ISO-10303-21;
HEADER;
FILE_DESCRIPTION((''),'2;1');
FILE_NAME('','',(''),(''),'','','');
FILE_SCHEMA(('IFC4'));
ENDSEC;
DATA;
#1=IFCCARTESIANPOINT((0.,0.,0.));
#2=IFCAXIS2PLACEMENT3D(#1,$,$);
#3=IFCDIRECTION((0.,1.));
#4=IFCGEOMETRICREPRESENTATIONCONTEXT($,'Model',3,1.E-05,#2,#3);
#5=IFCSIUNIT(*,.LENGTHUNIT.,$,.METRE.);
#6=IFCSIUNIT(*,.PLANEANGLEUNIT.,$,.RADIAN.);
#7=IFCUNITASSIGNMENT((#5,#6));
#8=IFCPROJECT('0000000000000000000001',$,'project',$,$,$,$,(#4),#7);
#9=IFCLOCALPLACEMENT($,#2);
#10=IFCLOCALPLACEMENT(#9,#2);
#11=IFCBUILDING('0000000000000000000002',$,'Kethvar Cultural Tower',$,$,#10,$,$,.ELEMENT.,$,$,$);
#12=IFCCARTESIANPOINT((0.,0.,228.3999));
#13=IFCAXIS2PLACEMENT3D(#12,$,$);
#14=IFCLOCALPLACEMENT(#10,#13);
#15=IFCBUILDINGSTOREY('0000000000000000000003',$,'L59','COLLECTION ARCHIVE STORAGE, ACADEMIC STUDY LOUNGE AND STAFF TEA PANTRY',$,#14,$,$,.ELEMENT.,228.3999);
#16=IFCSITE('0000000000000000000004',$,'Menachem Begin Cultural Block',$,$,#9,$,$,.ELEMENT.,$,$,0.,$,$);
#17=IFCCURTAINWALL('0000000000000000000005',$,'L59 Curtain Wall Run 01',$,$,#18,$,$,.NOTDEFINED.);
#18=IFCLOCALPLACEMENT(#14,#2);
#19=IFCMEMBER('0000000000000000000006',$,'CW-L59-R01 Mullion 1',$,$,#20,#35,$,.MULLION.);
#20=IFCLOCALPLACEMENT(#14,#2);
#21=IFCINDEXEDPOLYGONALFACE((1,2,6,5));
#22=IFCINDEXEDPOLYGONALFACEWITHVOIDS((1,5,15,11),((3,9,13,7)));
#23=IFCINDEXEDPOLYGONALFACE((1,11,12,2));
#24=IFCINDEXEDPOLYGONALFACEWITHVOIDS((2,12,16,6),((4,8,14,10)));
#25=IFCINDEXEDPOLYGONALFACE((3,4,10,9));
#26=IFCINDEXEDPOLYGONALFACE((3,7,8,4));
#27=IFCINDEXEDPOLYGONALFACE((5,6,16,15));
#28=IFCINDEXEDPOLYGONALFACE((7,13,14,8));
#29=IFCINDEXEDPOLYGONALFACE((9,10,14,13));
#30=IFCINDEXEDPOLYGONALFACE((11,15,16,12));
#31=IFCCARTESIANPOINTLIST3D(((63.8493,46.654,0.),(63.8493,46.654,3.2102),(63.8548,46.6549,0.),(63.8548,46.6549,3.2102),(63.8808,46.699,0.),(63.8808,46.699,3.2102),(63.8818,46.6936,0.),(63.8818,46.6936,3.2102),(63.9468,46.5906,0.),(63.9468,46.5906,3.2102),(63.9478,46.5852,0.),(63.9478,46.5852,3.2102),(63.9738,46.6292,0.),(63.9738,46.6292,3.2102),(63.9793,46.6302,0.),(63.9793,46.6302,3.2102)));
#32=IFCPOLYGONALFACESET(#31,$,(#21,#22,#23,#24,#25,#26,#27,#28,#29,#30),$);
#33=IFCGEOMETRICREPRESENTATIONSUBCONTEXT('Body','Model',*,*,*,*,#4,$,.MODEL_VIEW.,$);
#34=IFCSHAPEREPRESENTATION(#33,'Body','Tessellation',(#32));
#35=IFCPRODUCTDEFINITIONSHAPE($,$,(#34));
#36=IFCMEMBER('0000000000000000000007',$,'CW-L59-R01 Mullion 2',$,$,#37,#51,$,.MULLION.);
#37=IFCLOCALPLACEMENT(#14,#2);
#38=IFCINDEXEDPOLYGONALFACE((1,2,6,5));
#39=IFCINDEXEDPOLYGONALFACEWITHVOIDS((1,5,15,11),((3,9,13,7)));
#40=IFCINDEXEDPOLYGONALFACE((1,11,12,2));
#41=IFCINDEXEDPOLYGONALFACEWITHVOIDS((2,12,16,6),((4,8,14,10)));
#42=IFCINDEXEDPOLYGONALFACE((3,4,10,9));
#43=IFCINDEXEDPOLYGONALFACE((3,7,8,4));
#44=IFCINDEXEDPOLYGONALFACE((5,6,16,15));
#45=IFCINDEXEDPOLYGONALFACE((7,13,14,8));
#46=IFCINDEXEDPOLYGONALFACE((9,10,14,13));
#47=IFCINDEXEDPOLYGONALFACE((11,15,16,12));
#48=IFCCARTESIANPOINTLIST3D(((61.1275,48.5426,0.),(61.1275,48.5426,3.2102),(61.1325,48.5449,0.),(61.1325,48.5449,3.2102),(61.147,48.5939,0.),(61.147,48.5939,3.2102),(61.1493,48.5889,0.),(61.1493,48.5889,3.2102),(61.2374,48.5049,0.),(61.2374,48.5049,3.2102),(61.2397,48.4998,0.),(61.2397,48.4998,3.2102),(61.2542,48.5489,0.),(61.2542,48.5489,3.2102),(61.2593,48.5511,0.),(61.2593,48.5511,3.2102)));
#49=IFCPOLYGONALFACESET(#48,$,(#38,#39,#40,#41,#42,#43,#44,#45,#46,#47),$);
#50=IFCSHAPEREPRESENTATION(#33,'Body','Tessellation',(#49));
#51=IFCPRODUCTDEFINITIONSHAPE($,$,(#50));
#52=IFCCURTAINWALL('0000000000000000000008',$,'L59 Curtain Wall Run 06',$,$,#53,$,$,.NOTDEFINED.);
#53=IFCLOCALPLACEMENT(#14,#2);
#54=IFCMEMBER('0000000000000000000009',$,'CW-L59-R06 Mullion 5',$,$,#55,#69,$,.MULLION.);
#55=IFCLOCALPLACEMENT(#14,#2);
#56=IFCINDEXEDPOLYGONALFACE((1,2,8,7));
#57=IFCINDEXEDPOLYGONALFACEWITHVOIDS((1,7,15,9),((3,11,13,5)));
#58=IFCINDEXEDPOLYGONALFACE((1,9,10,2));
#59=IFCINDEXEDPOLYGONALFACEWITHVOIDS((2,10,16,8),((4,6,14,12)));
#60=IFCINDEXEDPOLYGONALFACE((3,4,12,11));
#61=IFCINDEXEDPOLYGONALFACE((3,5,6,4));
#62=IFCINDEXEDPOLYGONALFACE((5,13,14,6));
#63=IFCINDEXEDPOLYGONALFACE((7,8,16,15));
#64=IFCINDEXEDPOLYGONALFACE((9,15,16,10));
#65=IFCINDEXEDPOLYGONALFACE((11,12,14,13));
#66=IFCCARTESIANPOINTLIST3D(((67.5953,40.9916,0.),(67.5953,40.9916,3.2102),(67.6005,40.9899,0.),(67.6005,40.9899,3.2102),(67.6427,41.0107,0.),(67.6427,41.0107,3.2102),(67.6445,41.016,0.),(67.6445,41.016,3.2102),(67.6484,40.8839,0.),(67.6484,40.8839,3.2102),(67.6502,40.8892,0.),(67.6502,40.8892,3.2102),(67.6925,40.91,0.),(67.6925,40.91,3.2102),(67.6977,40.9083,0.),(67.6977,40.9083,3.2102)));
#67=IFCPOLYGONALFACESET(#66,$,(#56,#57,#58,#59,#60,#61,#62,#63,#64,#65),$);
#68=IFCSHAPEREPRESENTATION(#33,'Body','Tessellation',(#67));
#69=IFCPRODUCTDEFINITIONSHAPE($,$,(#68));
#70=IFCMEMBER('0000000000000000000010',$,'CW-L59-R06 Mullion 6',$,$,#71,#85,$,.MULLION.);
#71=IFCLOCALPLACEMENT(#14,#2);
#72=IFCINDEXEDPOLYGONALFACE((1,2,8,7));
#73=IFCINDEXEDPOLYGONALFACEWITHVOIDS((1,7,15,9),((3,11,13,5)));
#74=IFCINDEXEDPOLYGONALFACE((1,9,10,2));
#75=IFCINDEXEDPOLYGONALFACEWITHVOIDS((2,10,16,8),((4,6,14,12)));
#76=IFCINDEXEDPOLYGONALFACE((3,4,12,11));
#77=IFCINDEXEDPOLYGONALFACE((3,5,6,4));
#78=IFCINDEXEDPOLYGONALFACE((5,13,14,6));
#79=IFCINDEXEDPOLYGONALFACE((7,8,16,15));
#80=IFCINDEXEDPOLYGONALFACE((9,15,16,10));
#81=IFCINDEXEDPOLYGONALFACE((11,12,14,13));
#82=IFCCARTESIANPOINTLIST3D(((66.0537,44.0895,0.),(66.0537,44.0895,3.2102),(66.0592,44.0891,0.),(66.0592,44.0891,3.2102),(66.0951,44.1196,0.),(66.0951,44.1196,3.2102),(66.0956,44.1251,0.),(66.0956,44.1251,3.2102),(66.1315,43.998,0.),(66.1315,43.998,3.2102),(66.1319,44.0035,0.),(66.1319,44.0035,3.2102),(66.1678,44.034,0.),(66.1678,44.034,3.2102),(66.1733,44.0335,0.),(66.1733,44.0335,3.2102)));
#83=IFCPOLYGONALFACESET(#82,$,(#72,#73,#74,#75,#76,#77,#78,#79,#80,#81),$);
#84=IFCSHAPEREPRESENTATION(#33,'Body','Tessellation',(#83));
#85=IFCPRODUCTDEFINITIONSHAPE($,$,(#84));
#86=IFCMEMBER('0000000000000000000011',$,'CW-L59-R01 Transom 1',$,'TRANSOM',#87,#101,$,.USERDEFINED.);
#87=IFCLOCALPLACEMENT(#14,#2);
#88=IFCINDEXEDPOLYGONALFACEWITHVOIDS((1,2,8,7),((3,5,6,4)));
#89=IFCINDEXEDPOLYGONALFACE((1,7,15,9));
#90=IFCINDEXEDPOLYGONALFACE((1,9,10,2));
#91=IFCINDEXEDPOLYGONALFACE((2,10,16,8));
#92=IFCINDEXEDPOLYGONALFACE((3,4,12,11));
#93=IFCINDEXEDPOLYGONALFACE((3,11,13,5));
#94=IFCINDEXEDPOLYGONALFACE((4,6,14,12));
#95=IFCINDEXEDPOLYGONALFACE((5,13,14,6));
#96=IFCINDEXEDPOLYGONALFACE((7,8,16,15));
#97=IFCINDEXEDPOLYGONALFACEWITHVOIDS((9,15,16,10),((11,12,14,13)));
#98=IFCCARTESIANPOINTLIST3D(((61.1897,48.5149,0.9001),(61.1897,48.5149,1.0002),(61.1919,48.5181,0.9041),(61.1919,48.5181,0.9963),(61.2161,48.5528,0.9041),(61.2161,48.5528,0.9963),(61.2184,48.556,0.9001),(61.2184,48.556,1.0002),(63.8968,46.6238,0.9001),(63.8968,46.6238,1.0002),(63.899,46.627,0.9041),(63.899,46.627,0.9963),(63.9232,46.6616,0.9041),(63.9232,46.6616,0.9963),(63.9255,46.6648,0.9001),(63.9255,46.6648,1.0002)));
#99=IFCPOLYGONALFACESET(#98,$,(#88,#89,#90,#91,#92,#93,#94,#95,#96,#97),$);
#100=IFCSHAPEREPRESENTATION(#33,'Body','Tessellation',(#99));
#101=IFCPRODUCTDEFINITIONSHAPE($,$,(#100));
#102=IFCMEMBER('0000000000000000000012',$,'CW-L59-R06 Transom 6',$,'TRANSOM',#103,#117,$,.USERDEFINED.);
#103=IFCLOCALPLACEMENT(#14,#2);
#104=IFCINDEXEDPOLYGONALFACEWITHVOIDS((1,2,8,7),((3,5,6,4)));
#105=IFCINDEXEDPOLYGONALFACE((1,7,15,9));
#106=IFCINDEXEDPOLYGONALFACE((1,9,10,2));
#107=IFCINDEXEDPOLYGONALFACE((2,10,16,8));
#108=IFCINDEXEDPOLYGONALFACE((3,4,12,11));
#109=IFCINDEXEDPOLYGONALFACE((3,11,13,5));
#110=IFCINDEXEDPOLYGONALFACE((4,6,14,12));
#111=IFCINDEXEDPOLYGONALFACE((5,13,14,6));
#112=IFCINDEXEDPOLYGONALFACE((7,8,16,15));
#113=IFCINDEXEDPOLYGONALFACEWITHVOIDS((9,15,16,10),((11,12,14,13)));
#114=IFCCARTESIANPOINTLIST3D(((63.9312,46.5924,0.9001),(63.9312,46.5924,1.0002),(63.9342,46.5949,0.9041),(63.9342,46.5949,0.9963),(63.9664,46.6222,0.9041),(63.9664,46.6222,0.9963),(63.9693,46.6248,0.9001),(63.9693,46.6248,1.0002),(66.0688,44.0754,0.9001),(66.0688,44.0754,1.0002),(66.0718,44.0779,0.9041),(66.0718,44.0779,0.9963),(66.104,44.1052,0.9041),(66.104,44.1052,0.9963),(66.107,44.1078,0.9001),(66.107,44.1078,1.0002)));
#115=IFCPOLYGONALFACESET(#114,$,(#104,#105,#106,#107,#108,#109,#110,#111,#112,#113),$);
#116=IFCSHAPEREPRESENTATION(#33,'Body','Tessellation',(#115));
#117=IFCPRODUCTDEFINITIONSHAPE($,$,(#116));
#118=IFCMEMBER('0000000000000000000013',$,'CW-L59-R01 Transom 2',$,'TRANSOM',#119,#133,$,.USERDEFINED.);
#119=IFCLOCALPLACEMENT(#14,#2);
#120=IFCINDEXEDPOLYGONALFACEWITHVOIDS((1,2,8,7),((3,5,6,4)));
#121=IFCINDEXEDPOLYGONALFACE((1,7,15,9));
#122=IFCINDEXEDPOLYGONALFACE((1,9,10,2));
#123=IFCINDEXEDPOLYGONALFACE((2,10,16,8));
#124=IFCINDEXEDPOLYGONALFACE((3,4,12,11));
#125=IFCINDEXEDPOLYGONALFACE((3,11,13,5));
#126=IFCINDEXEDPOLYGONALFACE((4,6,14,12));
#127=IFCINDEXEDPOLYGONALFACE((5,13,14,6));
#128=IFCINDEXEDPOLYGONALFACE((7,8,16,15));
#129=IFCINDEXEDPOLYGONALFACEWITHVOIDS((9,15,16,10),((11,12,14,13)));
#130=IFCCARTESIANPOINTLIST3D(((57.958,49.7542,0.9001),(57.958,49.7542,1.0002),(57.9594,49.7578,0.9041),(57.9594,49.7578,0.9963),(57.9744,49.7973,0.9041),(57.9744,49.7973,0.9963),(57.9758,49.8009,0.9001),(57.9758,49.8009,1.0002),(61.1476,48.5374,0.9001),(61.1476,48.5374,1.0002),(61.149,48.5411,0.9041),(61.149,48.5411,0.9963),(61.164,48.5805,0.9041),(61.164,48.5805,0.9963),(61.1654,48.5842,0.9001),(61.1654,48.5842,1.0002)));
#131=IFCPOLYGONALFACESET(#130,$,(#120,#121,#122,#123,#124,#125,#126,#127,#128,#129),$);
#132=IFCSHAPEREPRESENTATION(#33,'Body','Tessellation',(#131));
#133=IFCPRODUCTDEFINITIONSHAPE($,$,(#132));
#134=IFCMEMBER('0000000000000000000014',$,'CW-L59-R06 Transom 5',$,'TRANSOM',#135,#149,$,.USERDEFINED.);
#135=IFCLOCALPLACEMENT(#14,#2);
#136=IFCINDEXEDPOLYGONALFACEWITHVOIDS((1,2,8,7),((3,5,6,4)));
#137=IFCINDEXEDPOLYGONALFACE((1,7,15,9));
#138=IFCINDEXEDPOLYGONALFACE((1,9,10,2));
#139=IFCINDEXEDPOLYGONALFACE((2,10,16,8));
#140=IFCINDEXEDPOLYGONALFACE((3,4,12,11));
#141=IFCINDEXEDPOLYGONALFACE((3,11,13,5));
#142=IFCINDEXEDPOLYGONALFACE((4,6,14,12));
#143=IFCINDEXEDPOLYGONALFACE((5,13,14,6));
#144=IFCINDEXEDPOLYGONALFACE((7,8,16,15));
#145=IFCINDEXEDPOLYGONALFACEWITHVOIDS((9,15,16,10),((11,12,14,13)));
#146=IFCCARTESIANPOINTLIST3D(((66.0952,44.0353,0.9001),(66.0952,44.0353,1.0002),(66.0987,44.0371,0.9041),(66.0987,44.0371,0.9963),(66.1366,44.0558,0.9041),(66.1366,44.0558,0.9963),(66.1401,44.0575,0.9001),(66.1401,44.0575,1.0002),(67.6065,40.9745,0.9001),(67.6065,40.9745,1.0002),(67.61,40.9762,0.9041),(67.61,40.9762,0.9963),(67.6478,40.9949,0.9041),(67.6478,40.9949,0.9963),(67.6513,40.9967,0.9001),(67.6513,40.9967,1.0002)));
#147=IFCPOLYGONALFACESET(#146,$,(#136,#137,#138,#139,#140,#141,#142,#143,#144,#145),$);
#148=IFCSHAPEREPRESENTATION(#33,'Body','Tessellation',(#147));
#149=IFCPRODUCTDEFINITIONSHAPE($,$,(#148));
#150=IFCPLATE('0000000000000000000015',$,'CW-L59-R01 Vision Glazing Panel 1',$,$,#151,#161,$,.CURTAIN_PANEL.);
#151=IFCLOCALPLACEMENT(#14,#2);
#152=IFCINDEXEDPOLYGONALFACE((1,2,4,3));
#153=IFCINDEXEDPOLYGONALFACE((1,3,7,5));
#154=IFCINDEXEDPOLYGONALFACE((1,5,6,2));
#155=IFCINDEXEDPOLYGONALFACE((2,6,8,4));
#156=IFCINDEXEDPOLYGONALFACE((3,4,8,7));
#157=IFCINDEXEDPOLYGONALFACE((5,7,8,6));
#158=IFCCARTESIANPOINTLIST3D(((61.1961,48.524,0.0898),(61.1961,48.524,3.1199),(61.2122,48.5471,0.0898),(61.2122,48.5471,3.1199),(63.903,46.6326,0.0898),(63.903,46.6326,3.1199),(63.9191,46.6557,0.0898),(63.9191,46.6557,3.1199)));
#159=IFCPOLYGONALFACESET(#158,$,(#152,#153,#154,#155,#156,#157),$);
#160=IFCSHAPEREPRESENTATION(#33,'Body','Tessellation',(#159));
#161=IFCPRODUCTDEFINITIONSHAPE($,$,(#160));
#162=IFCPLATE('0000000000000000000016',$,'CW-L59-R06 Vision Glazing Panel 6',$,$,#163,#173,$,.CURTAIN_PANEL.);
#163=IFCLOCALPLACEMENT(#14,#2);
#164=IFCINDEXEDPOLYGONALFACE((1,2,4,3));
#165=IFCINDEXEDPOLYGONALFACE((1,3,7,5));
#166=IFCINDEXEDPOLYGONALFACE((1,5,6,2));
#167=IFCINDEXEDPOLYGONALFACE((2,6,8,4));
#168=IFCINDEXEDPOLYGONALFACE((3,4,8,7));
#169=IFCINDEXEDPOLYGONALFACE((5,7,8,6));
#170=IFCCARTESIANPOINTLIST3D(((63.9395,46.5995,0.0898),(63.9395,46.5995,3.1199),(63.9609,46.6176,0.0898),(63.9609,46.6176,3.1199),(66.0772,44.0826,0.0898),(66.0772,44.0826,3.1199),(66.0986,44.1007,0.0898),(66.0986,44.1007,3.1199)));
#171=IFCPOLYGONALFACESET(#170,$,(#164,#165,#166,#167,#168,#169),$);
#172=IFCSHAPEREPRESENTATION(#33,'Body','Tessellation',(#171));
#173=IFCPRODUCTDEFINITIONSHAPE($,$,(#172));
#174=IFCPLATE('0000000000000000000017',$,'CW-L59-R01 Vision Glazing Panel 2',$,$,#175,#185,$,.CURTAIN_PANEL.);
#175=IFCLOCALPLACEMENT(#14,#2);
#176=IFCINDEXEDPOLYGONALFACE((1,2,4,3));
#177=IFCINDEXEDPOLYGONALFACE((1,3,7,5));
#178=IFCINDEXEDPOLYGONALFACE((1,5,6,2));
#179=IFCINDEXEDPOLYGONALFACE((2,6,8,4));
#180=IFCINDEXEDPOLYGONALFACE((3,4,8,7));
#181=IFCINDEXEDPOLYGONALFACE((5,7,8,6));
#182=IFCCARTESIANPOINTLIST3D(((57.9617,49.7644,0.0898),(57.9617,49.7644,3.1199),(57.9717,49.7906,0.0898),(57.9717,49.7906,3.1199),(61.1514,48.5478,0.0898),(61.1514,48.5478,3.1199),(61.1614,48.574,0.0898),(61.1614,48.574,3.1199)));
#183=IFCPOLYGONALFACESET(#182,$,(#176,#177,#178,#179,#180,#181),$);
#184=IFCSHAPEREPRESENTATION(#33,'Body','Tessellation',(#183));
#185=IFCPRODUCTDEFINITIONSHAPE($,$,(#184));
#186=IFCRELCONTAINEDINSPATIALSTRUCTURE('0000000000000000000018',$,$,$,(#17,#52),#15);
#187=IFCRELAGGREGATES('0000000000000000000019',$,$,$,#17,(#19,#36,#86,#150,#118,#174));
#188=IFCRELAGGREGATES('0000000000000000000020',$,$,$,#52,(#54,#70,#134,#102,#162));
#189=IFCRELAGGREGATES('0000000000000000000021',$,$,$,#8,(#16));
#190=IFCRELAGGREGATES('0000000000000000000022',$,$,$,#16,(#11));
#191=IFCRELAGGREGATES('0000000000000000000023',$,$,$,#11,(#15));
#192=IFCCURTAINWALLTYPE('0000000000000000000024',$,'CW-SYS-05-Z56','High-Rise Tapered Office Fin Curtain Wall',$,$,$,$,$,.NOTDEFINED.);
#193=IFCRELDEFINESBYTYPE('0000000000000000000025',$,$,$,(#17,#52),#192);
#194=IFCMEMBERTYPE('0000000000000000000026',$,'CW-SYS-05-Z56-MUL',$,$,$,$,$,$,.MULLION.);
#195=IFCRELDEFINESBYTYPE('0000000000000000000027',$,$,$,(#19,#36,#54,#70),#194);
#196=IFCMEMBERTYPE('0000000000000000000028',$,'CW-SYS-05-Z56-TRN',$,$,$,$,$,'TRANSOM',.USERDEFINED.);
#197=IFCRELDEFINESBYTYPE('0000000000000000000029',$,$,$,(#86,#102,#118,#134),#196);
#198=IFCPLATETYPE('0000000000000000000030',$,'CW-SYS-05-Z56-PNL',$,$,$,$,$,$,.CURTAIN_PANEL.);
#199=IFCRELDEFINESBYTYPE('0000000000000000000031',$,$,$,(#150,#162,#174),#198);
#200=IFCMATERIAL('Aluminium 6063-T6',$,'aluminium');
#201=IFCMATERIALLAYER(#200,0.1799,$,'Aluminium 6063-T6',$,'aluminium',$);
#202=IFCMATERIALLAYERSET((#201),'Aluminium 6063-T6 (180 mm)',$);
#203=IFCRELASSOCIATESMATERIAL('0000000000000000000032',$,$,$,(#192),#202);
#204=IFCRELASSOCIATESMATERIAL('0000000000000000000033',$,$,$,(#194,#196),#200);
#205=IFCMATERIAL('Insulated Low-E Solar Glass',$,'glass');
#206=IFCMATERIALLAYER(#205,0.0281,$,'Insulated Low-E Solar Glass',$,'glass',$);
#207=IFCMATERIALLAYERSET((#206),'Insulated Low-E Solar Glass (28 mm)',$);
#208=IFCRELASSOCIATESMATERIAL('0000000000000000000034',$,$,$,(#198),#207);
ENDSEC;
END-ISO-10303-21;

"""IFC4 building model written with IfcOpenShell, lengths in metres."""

from ifc_helpers import new_model, si_unit, direction, frame, origin, origin_2d, place, context, subcontext, project, spatial, rectangle, hollow_rectangle, extrude, source, transform, mapped, material, layer, layer_set, material_profile, profile_set, type_object, element, aggregate, save


model = new_model("IFC4")

# Units and contexts
model_context = context("Model", 3, precision=1e-05, world=origin(), true_north=direction((0.0, 1.0)))
body_context = subcontext(model_context, "Body", "Model", "MODEL_VIEW")
ifc_project = project(units=[si_unit("LENGTHUNIT", "METRE"), si_unit("PLANEANGLEUNIT", "RADIAN")], contexts=[model_context])

# Site, building, storey
site_placement = place(None, origin())
site = spatial("IfcSite", under=ifc_project, at=site_placement, Name="Menachem Begin Cultural Block", CompositionType="ELEMENT", RefElevation=0.0)
building_placement = place(site_placement, origin())
building = spatial("IfcBuilding", under=site, at=building_placement, Name="Kethvar Cultural Tower", CompositionType="ELEMENT")
storey_placement = place(building_placement, frame((0.0, 0.0, 228.3999)))
storey = spatial("IfcBuildingStorey", under=building, at=storey_placement, Name="L59", Description="COLLECTION ARCHIVE STORAGE, ACADEMIC STUDY LOUNGE AND STAFF TEA PANTRY", CompositionType="ELEMENT", Elevation=228.3999)

# Curtain walls, members
ifc_material_1 = material(Name="Aluminium 6063-T6", Category="aluminium")
ifc_layer_1 = layer(ifc_material_1, 0.1799, Name="Aluminium 6063-T6", Category="aluminium")
ifc_layer_set_1 = layer_set([ifc_layer_1], Name="Aluminium 6063-T6 (180 mm)")
curtain_wall_type = type_object("IfcCurtainWallType", Name="CW-SYS-05-Z56", Description="High-Rise Tapered Office Fin Curtain Wall", PredefinedType="NOTDEFINED", material=ifc_layer_set_1)
curtain_wall_1_placement = place(storey_placement, origin())
curtain_wall_1 = element("IfcCurtainWall", 1, at=curtain_wall_1_placement, inside=storey, type_object=curtain_wall_type, Name="L59 Curtain Wall Run 01", PredefinedType="NOTDEFINED")
ifc_material_profile_1 = material_profile(ifc_material_1, hollow_rectangle(XDim=0.0549, YDim=0.1201, WallThickness=0.0039, at=origin_2d()), Name="Aluminium 6063-T6 — RHS120x55x4")
ifc_profile_set_1 = profile_set([ifc_material_profile_1], Name="Aluminium 6063-T6 — RHS120x55x4")
member_type_1 = type_object("IfcMemberType", Name="CW-SYS-05-Z56-MUL", PredefinedType="MULLION", material=ifc_profile_set_1)
shared_shape_1 = source(origin(), body_context, "Body", "SweptSolid", [
    extrude(hollow_rectangle(XDim=0.0549, YDim=0.1201, WallThickness=0.0039, at=origin_2d()), origin(), (0.0, 0.0, 1.0), 3.2102),
])
member_1_placement = place(storey_placement, frame((63.9143, 46.6421, 0.0), z_axis=(0.0, 0.0, 1.0), x_axis=(-0.572761, -0.819722, 0.0)))
member_1 = element("IfcMember", 2, at=member_1_placement, type_object=member_type_1, Name="CW-L59-R01 Mullion 1", PredefinedType="MULLION", context=body_context, shape_type="MappedRepresentation", body=[
    mapped(shared_shape_1, transform((0.0, 0.0, 0.0), scale=1.0)),
])
member_2_placement = place(storey_placement, frame((61.1934, 48.5469, 0.0), z_axis=(0.0, 0.0, 1.0), x_axis=(-0.356379, -0.934341, 0.0)))
member_2 = element("IfcMember", 3, at=member_2_placement, type_object=member_type_1, Name="CW-L59-R01 Mullion 2", PredefinedType="MULLION", context=body_context, shape_type="MappedRepresentation", body=[
    mapped(shared_shape_1, transform((0.0, 0.0, 0.0), scale=1.0)),
])
curtain_wall_2_placement = place(storey_placement, origin())
curtain_wall_2 = element("IfcCurtainWall", 4, at=curtain_wall_2_placement, inside=storey, type_object=curtain_wall_type, Name="L59 Curtain Wall Run 06", PredefinedType="NOTDEFINED")
member_3_placement = place(storey_placement, frame((67.6465, 40.95, 0.0), z_axis=(0.0, 0.0, 1.0), x_axis=(-0.896656, -0.442727, 0.0)))
member_3 = element("IfcMember", 5, at=member_3_placement, type_object=member_type_1, Name="CW-L59-R06 Mullion 5", PredefinedType="MULLION", context=body_context, shape_type="MappedRepresentation", body=[
    mapped(shared_shape_1, transform((0.0, 0.0, 0.0), scale=1.0)),
])
member_4_placement = place(storey_placement, frame((66.1135, 44.0615, 0.0), z_axis=(0.0, 0.0, 1.0), x_axis=(-0.762183, -0.647362, 0.0)))
member_4 = element("IfcMember", 6, at=member_4_placement, type_object=member_type_1, Name="CW-L59-R06 Mullion 6", PredefinedType="MULLION", context=body_context, shape_type="MappedRepresentation", body=[
    mapped(shared_shape_1, transform((0.0, 0.0, 0.0), scale=1.0)),
])

# Members
ifc_material_profile_2 = material_profile(ifc_material_1, hollow_rectangle(XDim=0.05, YDim=0.1001, WallThickness=0.0039, at=origin_2d()), Name="Aluminium 6063-T6 — RHS100x50x4")
ifc_profile_set_2 = profile_set([ifc_material_profile_2], Name="Aluminium 6063-T6 — RHS100x50x4")
member_type_2 = type_object("IfcMemberType", Name="CW-SYS-05-Z56-TRN", ElementType="TRANSOM", PredefinedType="USERDEFINED", material=ifc_profile_set_2)
shared_shape_2 = source(origin(), body_context, "Body", "SweptSolid", [
    extrude(hollow_rectangle(XDim=0.05, YDim=0.1001, WallThickness=0.0039, at=origin_2d()), origin(), (0.0, 0.0, 1.0), 3.3022),
])
member_5_placement = place(storey_placement, frame((63.9111, 46.6443, 0.9502), z_axis=(-0.819773, 0.572688, 0.0), x_axis=(-0.572688, -0.819773, 0.0)))
member_5 = element("IfcMember", 7, at=member_5_placement, type_object=member_type_2, Name="CW-L59-R01 Transom 1", ObjectType="TRANSOM", PredefinedType="USERDEFINED", context=body_context, shape_type="MappedRepresentation", body=[
    mapped(shared_shape_2, transform((0.0, 0.0, 0.0), scale=1.0)),
])
member_6_placement = place(storey_placement, frame((66.0879, 44.0916, 0.9502), z_axis=(-0.647326, 0.762213, 0.0), x_axis=(-0.762213, -0.647326, 0.0)))
member_6 = element("IfcMember", 8, at=member_6_placement, type_object=member_type_2, Name="CW-L59-R06 Transom 6", ObjectType="TRANSOM", PredefinedType="USERDEFINED", context=body_context, shape_type="MappedRepresentation", body=[
    mapped(shared_shape_2, transform((0.0, 0.0, 0.0), scale=1.0)),
])
shared_shape_3 = source(origin(), body_context, "Body", "SweptSolid", [
    extrude(hollow_rectangle(XDim=0.05, YDim=0.1001, WallThickness=0.0039, at=origin_2d()), origin(), (0.0, 0.0, 1.0), 3.4138),
])
member_7_placement = place(storey_placement, frame((61.1565, 48.5608, 0.9502), z_axis=(-0.934325, 0.356424, 0.0), x_axis=(-0.356424, -0.934325, 0.0)))
member_7 = element("IfcMember", 9, at=member_7_placement, type_object=member_type_2, Name="CW-L59-R01 Transom 2", ObjectType="TRANSOM", PredefinedType="USERDEFINED", context=body_context, shape_type="MappedRepresentation", body=[
    mapped(shared_shape_3, transform((0.0, 0.0, 0.0), scale=1.0)),
])
shared_shape_4 = source(origin(), body_context, "Body", "SweptSolid", [
    extrude(hollow_rectangle(XDim=0.05, YDim=0.1001, WallThickness=0.0039, at=origin_2d()), origin(), (0.0, 0.0, 1.0), 3.4136),
])
member_8_placement = place(storey_placement, frame((67.6289, 40.9856, 0.9502), z_axis=(-0.442716, 0.896662, 0.0), x_axis=(-0.896662, -0.442716, 0.0)))
member_8 = element("IfcMember", 10, at=member_8_placement, type_object=member_type_2, Name="CW-L59-R06 Transom 5", ObjectType="TRANSOM", PredefinedType="USERDEFINED", context=body_context, shape_type="MappedRepresentation", body=[
    mapped(shared_shape_4, transform((0.0, 0.0, 0.0), scale=1.0)),
])

# Plates
ifc_material_2 = material(Name="Insulated Low-E Solar Glass", Category="glass")
ifc_layer_2 = layer(ifc_material_2, 0.0281, Name="Insulated Low-E Solar Glass", Category="glass")
ifc_layer_set_2 = layer_set([ifc_layer_2], Name="Insulated Low-E Solar Glass (28 mm)")
plate_type = type_object("IfcPlateType", Name="CW-SYS-05-Z56-PNL", PredefinedType="CURTAIN_PANEL", material=ifc_layer_set_2)
shared_shape_5 = source(origin(), body_context, "Body", "SweptSolid", [
    extrude(rectangle(XDim=3.3022, YDim=0.0281, at=origin_2d()), origin(), (0.0, 0.0, 1.0), 3.03),
])
plate_1_placement = place(storey_placement, frame((62.5576, 47.5898, 0.0898), z_axis=(0.0, 0.0, 1.0), x_axis=(-0.819722, 0.572761, 0.0)))
plate_1 = element("IfcPlate", 11, at=plate_1_placement, type_object=plate_type, Name="CW-L59-R01 Vision Glazing Panel 1", PredefinedType="CURTAIN_PANEL", context=body_context, shape_type="MappedRepresentation", body=[
    mapped(shared_shape_5, transform((0.0, 0.0, 0.0), scale=1.0)),
])
plate_2_placement = place(storey_placement, frame((65.019, 45.3501, 0.0898), z_axis=(0.0, 0.0, 1.0), x_axis=(-0.647362, 0.762183, 0.0)))
plate_2 = element("IfcPlate", 12, at=plate_2_placement, type_object=plate_type, Name="CW-L59-R06 Vision Glazing Panel 6", PredefinedType="CURTAIN_PANEL", context=body_context, shape_type="MappedRepresentation", body=[
    mapped(shared_shape_5, transform((0.0, 0.0, 0.0), scale=1.0)),
])
shared_shape_6 = source(origin(), body_context, "Body", "SweptSolid", [
    extrude(rectangle(XDim=3.4138, YDim=0.0281, at=origin_2d()), origin(), (0.0, 0.0, 1.0), 3.03),
])
plate_3_placement = place(storey_placement, frame((59.5615, 49.1692, 0.0898), z_axis=(0.0, 0.0, 1.0), x_axis=(-0.934341, 0.356379, 0.0)))
plate_3 = element("IfcPlate", 13, at=plate_3_placement, type_object=plate_type, Name="CW-L59-R01 Vision Glazing Panel 2", PredefinedType="CURTAIN_PANEL", context=body_context, shape_type="MappedRepresentation", body=[
    mapped(shared_shape_6, transform((0.0, 0.0, 0.0), scale=1.0)),
])
aggregate(curtain_wall_1, [member_1, member_2, member_5, plate_1, member_7, plate_3])
aggregate(curtain_wall_2, [member_3, member_4, member_8, member_6, plate_2])

save(model, "model.ifc")
